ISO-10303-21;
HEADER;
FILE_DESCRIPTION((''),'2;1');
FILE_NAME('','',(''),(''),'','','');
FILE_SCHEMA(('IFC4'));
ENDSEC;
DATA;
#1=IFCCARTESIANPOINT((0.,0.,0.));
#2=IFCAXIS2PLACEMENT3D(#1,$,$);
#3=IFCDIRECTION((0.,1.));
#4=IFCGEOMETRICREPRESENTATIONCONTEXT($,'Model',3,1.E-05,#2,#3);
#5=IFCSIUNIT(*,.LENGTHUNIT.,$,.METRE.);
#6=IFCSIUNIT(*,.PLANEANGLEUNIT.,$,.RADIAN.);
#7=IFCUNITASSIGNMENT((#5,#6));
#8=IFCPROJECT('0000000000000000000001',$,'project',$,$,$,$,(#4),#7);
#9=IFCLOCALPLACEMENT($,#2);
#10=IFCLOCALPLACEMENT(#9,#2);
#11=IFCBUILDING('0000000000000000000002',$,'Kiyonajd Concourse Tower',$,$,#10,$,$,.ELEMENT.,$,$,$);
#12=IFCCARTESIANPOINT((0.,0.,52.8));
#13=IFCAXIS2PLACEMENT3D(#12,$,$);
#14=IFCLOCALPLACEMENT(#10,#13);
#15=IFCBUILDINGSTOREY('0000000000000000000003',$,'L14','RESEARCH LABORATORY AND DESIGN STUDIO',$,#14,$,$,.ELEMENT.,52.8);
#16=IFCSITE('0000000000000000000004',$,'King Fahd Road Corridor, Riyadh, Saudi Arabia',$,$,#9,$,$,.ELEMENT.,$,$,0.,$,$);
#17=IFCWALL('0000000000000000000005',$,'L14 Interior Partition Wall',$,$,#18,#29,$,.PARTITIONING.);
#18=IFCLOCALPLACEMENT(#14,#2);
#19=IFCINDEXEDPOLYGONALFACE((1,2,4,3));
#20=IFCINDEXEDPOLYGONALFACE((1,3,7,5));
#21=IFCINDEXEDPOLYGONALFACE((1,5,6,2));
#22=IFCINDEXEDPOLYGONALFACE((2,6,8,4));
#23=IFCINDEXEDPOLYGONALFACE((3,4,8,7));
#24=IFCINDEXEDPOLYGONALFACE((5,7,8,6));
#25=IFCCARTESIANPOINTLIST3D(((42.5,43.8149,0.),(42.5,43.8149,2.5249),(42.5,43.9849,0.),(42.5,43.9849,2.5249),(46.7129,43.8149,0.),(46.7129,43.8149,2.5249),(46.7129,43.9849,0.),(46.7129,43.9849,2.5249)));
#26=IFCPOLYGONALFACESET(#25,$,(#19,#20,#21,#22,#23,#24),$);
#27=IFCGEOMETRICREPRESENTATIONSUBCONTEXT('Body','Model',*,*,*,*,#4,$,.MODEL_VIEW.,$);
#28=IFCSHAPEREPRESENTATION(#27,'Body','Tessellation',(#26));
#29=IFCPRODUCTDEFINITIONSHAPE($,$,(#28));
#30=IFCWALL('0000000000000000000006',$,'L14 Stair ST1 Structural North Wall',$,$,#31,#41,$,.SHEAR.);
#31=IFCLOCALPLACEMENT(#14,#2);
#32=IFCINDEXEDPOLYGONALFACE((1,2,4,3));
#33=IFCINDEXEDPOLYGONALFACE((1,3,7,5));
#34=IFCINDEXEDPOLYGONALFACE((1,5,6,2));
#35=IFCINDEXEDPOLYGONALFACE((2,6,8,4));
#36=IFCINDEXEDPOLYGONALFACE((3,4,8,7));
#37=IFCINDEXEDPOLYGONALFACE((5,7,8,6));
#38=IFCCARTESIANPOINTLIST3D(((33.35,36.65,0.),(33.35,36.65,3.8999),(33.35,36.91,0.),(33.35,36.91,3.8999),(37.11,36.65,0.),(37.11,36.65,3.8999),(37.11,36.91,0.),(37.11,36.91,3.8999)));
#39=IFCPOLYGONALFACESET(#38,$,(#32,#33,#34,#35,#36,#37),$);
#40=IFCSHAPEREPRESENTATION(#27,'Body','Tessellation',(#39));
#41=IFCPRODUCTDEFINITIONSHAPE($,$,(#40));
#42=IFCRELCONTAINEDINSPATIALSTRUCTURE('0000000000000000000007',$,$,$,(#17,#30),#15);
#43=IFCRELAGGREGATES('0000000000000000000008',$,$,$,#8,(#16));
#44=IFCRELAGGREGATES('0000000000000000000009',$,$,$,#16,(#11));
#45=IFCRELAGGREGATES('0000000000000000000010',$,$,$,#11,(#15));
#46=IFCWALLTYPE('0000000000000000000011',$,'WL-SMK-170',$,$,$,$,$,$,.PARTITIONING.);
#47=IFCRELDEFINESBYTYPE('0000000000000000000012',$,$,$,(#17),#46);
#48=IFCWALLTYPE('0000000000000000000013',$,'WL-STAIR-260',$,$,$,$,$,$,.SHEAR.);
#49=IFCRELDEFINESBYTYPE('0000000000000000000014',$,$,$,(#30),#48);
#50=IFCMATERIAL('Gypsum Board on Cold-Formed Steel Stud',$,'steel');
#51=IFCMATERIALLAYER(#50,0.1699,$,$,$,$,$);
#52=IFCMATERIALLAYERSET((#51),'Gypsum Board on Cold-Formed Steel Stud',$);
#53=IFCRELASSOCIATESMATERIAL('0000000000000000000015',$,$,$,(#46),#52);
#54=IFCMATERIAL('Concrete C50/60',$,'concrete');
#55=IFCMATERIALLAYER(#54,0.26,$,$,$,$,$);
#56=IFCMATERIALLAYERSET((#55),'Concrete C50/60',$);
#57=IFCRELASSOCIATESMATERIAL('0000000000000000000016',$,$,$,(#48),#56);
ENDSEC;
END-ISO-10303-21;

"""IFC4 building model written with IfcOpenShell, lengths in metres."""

from ifc_helpers import new_model, si_unit, direction, frame, frame_2d, origin, place, context, subcontext, project, spatial, rectangle, extrude, material, layer, layer_set, type_object, element, save


model = new_model("IFC4")

# Units and contexts
model_context = context("Model", 3, precision=1e-05, world=origin(), true_north=direction((0.0, 1.0)))
body_context = subcontext(model_context, "Body", "Model", "MODEL_VIEW")
ifc_project = project(units=[si_unit("LENGTHUNIT", "METRE"), si_unit("PLANEANGLEUNIT", "RADIAN")], contexts=[model_context])

# Site, building, storey
site_placement = place(None, origin())
site = spatial("IfcSite", under=ifc_project, at=site_placement, Name="King Fahd Road Corridor, Riyadh, Saudi Arabia", CompositionType="ELEMENT", RefElevation=0.0)
building_placement = place(site_placement, origin())
building = spatial("IfcBuilding", under=site, at=building_placement, Name="Kiyonajd Concourse Tower", CompositionType="ELEMENT")
storey_placement = place(building_placement, frame((0.0, 0.0, 52.8)))
storey = spatial("IfcBuildingStorey", under=building, at=storey_placement, Name="L14", Description="RESEARCH LABORATORY AND DESIGN STUDIO", CompositionType="ELEMENT", Elevation=52.8)

# Walls
ifc_material_1 = material(Name="Gypsum Board on Cold-Formed Steel Stud", Category="steel")
ifc_layer_1 = layer(ifc_material_1, 0.1699)
ifc_layer_set_1 = layer_set([ifc_layer_1], Name="Gypsum Board on Cold-Formed Steel Stud")
wall_type_1 = type_object("IfcWallType", Name="WL-SMK-170", PredefinedType="PARTITIONING", material=ifc_layer_set_1)
wall_1_placement = place(storey_placement, frame((42.5, 43.8999, 0.0), z_axis=(0.0, 0.0, 1.0), x_axis=(1.0, 0.0, 0.0)))
element("IfcWall", 1, at=wall_1_placement, inside=storey, type_object=wall_type_1, Name="L14 Interior Partition Wall", PredefinedType="PARTITIONING", context=body_context, shape_type="SweptSolid", body=[
    extrude(rectangle(XDim=4.2129, YDim=0.1699, at=frame_2d((2.1064, 0.0))), origin(), (0.0, 0.0, 1.0), 2.5249),
])
ifc_material_2 = material(Name="Concrete C50/60", Category="concrete")
ifc_layer_2 = layer(ifc_material_2, 0.26)
ifc_layer_set_2 = layer_set([ifc_layer_2], Name="Concrete C50/60")
wall_type_2 = type_object("IfcWallType", Name="WL-STAIR-260", PredefinedType="SHEAR", material=ifc_layer_set_2)
wall_2_placement = place(storey_placement, frame((33.3501, 36.78, 0.0), z_axis=(0.0, 0.0, 1.0), x_axis=(1.0, 0.0, 0.0)))
element("IfcWall", 2, at=wall_2_placement, inside=storey, type_object=wall_type_2, Name="L14 Stair ST1 Structural North Wall", PredefinedType="SHEAR", context=body_context, shape_type="SweptSolid", body=[
    extrude(rectangle(XDim=3.76, YDim=0.26, at=frame_2d((1.8799, 0.0))), origin(), (0.0, 0.0, 1.0), 3.8999),
])

save(model, "model.ifc")
